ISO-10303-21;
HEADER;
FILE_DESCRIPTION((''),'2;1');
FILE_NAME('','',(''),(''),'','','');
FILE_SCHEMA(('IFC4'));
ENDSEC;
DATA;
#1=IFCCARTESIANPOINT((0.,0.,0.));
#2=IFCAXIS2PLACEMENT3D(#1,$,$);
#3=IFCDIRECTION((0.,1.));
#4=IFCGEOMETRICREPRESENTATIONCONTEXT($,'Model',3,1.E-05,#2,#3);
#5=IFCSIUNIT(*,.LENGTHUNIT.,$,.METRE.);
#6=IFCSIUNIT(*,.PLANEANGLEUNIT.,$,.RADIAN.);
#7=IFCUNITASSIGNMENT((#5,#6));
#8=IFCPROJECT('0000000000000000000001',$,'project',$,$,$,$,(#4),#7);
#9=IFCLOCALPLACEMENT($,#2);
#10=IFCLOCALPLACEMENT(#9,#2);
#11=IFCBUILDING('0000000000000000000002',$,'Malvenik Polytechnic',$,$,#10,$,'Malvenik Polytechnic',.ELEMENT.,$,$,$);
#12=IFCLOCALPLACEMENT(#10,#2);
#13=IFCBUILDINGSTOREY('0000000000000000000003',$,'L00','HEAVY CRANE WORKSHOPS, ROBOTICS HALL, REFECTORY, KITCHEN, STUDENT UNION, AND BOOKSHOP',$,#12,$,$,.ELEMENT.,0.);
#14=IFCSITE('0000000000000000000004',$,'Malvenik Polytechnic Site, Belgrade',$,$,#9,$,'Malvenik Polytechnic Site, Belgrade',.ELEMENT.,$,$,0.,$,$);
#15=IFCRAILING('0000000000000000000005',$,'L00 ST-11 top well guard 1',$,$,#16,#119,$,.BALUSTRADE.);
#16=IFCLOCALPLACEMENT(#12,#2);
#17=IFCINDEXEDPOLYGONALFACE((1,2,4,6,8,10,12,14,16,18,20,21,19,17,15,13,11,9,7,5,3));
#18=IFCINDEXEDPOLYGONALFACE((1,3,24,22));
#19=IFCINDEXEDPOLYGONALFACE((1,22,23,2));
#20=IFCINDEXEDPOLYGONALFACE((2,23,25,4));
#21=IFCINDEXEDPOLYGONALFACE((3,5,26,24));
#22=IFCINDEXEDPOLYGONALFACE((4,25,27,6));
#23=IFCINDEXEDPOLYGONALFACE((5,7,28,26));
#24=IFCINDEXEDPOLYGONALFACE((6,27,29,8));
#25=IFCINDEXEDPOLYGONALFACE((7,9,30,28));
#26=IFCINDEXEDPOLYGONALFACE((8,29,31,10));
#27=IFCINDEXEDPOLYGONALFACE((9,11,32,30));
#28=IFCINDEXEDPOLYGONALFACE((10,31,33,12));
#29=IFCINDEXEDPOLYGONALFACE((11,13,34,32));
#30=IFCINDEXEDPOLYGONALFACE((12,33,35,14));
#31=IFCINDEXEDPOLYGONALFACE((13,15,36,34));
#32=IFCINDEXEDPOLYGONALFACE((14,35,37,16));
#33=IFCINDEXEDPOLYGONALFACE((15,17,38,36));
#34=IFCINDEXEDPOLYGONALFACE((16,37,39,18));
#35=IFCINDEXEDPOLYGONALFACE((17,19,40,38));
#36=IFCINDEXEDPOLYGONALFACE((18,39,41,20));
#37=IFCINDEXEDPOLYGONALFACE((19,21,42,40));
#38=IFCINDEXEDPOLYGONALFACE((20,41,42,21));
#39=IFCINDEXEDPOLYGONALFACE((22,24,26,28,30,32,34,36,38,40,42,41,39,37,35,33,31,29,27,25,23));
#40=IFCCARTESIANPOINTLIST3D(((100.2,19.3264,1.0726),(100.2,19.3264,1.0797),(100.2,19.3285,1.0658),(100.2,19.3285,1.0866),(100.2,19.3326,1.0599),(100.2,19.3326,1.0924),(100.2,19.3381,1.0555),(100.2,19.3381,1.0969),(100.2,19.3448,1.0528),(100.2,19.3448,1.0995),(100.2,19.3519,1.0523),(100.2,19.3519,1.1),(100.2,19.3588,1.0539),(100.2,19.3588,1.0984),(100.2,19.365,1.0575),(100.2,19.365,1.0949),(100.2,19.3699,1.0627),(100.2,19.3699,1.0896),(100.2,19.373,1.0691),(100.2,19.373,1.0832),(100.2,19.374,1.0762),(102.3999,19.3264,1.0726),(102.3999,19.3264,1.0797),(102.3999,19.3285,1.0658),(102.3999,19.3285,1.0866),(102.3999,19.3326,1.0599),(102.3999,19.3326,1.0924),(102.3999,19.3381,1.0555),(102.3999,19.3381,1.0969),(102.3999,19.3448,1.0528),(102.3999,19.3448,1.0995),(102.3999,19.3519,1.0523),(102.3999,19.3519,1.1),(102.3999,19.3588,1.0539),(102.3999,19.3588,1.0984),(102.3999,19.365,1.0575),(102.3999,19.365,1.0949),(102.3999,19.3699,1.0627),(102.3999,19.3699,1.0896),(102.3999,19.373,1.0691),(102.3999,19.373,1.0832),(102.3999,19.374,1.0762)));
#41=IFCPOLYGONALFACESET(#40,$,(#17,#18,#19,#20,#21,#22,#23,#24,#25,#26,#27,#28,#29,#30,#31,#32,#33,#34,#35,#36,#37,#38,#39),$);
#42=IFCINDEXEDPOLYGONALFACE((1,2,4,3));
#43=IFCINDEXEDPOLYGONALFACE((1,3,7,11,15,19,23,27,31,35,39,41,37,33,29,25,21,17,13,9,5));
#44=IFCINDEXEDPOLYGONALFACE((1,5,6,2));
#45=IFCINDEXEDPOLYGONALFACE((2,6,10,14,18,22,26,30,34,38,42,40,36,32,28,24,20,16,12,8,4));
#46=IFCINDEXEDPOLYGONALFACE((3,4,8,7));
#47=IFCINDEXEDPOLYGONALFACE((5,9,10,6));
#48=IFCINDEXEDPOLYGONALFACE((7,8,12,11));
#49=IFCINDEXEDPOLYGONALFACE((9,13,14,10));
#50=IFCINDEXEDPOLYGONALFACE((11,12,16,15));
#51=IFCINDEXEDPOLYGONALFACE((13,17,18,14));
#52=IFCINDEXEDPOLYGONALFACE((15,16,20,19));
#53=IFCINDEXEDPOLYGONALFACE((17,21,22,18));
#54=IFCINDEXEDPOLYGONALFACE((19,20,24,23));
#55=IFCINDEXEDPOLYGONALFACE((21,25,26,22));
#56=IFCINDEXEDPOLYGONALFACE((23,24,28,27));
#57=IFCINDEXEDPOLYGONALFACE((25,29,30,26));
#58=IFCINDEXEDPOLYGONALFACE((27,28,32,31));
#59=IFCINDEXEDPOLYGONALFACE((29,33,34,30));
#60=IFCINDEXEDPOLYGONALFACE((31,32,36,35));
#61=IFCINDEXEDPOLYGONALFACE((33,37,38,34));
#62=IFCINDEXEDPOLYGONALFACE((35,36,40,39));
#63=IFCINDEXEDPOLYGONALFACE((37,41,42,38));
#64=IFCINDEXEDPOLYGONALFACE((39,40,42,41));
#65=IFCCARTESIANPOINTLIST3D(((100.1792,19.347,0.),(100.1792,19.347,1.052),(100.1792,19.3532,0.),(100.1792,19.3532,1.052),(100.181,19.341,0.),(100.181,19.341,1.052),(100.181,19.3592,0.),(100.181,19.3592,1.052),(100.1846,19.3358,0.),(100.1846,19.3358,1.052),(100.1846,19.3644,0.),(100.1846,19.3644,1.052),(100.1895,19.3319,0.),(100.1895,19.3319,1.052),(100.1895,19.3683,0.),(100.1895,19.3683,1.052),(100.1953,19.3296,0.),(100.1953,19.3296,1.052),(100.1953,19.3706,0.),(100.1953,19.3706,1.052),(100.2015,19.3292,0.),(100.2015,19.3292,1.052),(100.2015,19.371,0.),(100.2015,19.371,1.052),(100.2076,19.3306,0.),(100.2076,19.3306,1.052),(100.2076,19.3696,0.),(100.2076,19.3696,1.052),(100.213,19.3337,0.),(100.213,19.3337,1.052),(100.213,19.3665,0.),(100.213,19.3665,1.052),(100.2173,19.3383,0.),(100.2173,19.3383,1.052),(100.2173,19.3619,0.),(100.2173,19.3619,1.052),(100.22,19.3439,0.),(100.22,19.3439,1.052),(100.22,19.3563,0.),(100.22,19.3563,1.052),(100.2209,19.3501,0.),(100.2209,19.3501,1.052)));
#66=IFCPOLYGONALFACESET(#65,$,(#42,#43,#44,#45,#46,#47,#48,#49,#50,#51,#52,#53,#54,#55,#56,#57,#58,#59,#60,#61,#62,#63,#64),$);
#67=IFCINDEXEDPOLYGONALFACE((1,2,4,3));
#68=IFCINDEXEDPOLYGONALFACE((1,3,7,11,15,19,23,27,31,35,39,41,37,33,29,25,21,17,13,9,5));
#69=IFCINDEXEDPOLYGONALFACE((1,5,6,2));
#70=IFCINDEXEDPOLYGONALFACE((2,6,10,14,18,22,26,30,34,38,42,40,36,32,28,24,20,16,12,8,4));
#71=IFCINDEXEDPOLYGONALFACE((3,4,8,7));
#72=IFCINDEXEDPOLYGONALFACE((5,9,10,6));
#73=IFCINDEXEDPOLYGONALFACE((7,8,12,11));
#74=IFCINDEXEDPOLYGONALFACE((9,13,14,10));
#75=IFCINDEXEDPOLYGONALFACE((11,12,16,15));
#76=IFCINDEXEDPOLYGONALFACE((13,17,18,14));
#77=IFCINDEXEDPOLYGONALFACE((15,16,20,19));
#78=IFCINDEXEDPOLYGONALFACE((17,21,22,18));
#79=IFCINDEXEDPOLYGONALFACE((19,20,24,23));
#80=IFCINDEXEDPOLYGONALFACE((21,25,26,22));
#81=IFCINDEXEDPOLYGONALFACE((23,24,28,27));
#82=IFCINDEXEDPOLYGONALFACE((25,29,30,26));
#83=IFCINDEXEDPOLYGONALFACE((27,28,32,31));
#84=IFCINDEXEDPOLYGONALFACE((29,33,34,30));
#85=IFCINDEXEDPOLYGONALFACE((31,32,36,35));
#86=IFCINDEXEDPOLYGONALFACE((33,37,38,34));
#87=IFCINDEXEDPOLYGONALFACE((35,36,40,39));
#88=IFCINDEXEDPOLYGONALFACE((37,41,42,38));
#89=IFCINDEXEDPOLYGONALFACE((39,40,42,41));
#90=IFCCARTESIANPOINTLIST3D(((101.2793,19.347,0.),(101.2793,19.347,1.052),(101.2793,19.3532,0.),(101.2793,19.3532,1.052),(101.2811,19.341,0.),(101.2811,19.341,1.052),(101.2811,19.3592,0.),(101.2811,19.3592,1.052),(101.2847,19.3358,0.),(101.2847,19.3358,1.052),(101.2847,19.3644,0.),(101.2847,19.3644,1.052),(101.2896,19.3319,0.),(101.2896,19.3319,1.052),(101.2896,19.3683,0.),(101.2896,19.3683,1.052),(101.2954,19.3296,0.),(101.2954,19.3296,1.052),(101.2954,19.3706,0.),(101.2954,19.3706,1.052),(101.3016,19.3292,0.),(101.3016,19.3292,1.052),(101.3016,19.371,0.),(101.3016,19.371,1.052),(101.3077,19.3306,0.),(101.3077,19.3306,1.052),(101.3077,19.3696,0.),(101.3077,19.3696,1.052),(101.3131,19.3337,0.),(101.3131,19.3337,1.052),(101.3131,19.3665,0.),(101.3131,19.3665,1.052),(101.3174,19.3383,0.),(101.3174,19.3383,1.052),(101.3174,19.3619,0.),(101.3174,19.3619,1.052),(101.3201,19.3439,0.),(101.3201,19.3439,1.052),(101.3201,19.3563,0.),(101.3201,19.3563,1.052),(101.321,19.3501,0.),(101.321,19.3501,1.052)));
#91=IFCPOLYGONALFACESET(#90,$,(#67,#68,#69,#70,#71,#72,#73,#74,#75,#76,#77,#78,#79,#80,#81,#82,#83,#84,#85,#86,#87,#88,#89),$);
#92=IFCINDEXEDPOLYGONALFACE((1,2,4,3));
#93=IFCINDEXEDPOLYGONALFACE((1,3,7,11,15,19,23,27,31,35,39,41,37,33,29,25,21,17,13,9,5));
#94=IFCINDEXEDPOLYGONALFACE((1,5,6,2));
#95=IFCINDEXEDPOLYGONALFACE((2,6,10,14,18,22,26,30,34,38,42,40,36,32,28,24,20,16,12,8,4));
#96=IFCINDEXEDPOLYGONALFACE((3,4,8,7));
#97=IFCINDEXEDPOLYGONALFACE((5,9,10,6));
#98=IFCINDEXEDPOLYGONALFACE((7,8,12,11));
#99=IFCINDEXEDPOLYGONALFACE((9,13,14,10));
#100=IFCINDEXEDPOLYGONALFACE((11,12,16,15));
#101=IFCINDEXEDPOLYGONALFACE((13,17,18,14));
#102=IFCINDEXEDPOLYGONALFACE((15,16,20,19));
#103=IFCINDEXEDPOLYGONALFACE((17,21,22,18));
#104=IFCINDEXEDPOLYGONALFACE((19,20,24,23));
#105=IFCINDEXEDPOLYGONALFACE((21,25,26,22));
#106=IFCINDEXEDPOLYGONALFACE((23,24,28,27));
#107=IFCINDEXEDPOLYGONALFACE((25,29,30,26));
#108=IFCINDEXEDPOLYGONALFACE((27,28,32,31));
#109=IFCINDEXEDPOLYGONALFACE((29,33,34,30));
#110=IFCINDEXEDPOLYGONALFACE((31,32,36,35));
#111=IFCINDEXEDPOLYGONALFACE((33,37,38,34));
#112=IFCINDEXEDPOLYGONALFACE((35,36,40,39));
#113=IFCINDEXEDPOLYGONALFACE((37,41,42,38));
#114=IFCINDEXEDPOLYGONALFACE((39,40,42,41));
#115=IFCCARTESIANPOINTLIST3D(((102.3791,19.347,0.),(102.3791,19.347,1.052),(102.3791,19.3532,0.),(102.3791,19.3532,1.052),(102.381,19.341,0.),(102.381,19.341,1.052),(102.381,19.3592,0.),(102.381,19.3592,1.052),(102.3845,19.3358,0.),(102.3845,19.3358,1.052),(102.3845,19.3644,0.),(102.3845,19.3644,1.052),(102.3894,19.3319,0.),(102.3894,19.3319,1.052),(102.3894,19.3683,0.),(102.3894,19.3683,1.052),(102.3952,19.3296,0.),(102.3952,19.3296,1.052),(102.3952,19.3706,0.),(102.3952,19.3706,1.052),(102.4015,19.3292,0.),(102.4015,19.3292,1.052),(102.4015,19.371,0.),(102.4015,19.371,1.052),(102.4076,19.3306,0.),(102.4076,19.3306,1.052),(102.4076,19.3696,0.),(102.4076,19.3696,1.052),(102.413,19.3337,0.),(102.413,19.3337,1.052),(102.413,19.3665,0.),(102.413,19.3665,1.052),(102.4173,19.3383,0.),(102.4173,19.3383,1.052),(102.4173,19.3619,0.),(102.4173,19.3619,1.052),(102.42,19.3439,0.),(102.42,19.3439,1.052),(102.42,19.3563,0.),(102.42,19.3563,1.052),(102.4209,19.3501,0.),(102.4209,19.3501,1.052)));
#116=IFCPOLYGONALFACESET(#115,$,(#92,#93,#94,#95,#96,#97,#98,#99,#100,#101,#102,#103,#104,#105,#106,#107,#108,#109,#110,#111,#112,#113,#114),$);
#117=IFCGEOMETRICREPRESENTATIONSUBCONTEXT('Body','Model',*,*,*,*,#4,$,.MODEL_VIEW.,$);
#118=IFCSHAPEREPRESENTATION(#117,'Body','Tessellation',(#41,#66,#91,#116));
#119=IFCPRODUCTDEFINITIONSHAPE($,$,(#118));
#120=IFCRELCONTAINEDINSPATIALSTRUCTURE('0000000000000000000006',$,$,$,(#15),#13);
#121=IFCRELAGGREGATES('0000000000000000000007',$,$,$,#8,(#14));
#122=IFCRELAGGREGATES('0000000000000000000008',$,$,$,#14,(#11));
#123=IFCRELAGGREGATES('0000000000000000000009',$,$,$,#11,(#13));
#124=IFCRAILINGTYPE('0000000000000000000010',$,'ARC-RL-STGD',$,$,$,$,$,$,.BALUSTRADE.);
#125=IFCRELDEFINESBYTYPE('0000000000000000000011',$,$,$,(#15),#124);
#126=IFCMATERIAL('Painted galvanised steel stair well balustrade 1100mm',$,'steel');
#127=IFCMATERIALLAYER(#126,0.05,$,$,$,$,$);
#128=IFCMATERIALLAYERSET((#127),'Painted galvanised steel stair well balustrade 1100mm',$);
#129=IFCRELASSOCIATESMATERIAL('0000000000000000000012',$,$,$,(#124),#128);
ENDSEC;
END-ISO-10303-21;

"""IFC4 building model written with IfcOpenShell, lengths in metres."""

from ifc_helpers import new_model, si_unit, direction, frame, origin, origin_2d, place, context, subcontext, project, spatial, circle, extrude, material, layer, layer_set, type_object, element, save


model = new_model("IFC4")

# Units and contexts
model_context = context("Model", 3, precision=1e-05, world=origin(), true_north=direction((0.0, 1.0)))
body_context = subcontext(model_context, "Body", "Model", "MODEL_VIEW")
ifc_project = project(units=[si_unit("LENGTHUNIT", "METRE"), si_unit("PLANEANGLEUNIT", "RADIAN")], contexts=[model_context])

# Site, building, storey
site_placement = place(None, origin())
site = spatial("IfcSite", under=ifc_project, at=site_placement, Name="Malvenik Polytechnic Site, Belgrade", LongName="Malvenik Polytechnic Site, Belgrade", CompositionType="ELEMENT", RefElevation=0.0)
building_placement = place(site_placement, origin())
building = spatial("IfcBuilding", under=site, at=building_placement, Name="Malvenik Polytechnic", LongName="Malvenik Polytechnic", CompositionType="ELEMENT")
storey_placement = place(building_placement, origin())
storey = spatial("IfcBuildingStorey", under=building, at=storey_placement, Name="L00", Description="HEAVY CRANE WORKSHOPS, ROBOTICS HALL, REFECTORY, KITCHEN, STUDENT UNION, AND BOOKSHOP", CompositionType="ELEMENT", Elevation=0.0)

# Railing
ifc_material_1 = material(Name="Painted galvanised steel stair well balustrade 1100mm", Category="steel")
ifc_layer_1 = layer(ifc_material_1, 0.05)
ifc_layer_set_1 = layer_set([ifc_layer_1], Name="Painted galvanised steel stair well balustrade 1100mm")
railing_type_1 = type_object("IfcRailingType", Name="ARC-RL-STGD", PredefinedType="BALUSTRADE", material=ifc_layer_set_1)
railing_1_placement = place(storey_placement, frame((100.2, 19.3501, 0.0)))
element("IfcRailing", 1, at=railing_1_placement, inside=storey, type_object=railing_type_1, Name="L00 ST-11 top well guard 1", PredefinedType="BALUSTRADE", context=body_context, shape_type="SweptSolid", body=[
    extrude(circle(Radius=0.0239, at=origin_2d()), frame((0.0, 0.0, 1.0762), z_axis=(1.0, 0.0, 0.0), x_axis=(0.0, 1.0, 0.0)), (0.0, 0.0, 1.0), 2.2),
    extrude(circle(Radius=0.021, at=origin_2d()), origin(), (0.0, 0.0, 1.0), 1.052),
    extrude(circle(Radius=0.021, at=origin_2d()), frame((1.1001, 0.0, 0.0)), (0.0, 0.0, 1.0), 1.052),
    extrude(circle(Radius=0.021, at=origin_2d()), frame((2.2, 0.0, 0.0)), (0.0, 0.0, 1.0), 1.052),
])

save(model, "model.ifc")
